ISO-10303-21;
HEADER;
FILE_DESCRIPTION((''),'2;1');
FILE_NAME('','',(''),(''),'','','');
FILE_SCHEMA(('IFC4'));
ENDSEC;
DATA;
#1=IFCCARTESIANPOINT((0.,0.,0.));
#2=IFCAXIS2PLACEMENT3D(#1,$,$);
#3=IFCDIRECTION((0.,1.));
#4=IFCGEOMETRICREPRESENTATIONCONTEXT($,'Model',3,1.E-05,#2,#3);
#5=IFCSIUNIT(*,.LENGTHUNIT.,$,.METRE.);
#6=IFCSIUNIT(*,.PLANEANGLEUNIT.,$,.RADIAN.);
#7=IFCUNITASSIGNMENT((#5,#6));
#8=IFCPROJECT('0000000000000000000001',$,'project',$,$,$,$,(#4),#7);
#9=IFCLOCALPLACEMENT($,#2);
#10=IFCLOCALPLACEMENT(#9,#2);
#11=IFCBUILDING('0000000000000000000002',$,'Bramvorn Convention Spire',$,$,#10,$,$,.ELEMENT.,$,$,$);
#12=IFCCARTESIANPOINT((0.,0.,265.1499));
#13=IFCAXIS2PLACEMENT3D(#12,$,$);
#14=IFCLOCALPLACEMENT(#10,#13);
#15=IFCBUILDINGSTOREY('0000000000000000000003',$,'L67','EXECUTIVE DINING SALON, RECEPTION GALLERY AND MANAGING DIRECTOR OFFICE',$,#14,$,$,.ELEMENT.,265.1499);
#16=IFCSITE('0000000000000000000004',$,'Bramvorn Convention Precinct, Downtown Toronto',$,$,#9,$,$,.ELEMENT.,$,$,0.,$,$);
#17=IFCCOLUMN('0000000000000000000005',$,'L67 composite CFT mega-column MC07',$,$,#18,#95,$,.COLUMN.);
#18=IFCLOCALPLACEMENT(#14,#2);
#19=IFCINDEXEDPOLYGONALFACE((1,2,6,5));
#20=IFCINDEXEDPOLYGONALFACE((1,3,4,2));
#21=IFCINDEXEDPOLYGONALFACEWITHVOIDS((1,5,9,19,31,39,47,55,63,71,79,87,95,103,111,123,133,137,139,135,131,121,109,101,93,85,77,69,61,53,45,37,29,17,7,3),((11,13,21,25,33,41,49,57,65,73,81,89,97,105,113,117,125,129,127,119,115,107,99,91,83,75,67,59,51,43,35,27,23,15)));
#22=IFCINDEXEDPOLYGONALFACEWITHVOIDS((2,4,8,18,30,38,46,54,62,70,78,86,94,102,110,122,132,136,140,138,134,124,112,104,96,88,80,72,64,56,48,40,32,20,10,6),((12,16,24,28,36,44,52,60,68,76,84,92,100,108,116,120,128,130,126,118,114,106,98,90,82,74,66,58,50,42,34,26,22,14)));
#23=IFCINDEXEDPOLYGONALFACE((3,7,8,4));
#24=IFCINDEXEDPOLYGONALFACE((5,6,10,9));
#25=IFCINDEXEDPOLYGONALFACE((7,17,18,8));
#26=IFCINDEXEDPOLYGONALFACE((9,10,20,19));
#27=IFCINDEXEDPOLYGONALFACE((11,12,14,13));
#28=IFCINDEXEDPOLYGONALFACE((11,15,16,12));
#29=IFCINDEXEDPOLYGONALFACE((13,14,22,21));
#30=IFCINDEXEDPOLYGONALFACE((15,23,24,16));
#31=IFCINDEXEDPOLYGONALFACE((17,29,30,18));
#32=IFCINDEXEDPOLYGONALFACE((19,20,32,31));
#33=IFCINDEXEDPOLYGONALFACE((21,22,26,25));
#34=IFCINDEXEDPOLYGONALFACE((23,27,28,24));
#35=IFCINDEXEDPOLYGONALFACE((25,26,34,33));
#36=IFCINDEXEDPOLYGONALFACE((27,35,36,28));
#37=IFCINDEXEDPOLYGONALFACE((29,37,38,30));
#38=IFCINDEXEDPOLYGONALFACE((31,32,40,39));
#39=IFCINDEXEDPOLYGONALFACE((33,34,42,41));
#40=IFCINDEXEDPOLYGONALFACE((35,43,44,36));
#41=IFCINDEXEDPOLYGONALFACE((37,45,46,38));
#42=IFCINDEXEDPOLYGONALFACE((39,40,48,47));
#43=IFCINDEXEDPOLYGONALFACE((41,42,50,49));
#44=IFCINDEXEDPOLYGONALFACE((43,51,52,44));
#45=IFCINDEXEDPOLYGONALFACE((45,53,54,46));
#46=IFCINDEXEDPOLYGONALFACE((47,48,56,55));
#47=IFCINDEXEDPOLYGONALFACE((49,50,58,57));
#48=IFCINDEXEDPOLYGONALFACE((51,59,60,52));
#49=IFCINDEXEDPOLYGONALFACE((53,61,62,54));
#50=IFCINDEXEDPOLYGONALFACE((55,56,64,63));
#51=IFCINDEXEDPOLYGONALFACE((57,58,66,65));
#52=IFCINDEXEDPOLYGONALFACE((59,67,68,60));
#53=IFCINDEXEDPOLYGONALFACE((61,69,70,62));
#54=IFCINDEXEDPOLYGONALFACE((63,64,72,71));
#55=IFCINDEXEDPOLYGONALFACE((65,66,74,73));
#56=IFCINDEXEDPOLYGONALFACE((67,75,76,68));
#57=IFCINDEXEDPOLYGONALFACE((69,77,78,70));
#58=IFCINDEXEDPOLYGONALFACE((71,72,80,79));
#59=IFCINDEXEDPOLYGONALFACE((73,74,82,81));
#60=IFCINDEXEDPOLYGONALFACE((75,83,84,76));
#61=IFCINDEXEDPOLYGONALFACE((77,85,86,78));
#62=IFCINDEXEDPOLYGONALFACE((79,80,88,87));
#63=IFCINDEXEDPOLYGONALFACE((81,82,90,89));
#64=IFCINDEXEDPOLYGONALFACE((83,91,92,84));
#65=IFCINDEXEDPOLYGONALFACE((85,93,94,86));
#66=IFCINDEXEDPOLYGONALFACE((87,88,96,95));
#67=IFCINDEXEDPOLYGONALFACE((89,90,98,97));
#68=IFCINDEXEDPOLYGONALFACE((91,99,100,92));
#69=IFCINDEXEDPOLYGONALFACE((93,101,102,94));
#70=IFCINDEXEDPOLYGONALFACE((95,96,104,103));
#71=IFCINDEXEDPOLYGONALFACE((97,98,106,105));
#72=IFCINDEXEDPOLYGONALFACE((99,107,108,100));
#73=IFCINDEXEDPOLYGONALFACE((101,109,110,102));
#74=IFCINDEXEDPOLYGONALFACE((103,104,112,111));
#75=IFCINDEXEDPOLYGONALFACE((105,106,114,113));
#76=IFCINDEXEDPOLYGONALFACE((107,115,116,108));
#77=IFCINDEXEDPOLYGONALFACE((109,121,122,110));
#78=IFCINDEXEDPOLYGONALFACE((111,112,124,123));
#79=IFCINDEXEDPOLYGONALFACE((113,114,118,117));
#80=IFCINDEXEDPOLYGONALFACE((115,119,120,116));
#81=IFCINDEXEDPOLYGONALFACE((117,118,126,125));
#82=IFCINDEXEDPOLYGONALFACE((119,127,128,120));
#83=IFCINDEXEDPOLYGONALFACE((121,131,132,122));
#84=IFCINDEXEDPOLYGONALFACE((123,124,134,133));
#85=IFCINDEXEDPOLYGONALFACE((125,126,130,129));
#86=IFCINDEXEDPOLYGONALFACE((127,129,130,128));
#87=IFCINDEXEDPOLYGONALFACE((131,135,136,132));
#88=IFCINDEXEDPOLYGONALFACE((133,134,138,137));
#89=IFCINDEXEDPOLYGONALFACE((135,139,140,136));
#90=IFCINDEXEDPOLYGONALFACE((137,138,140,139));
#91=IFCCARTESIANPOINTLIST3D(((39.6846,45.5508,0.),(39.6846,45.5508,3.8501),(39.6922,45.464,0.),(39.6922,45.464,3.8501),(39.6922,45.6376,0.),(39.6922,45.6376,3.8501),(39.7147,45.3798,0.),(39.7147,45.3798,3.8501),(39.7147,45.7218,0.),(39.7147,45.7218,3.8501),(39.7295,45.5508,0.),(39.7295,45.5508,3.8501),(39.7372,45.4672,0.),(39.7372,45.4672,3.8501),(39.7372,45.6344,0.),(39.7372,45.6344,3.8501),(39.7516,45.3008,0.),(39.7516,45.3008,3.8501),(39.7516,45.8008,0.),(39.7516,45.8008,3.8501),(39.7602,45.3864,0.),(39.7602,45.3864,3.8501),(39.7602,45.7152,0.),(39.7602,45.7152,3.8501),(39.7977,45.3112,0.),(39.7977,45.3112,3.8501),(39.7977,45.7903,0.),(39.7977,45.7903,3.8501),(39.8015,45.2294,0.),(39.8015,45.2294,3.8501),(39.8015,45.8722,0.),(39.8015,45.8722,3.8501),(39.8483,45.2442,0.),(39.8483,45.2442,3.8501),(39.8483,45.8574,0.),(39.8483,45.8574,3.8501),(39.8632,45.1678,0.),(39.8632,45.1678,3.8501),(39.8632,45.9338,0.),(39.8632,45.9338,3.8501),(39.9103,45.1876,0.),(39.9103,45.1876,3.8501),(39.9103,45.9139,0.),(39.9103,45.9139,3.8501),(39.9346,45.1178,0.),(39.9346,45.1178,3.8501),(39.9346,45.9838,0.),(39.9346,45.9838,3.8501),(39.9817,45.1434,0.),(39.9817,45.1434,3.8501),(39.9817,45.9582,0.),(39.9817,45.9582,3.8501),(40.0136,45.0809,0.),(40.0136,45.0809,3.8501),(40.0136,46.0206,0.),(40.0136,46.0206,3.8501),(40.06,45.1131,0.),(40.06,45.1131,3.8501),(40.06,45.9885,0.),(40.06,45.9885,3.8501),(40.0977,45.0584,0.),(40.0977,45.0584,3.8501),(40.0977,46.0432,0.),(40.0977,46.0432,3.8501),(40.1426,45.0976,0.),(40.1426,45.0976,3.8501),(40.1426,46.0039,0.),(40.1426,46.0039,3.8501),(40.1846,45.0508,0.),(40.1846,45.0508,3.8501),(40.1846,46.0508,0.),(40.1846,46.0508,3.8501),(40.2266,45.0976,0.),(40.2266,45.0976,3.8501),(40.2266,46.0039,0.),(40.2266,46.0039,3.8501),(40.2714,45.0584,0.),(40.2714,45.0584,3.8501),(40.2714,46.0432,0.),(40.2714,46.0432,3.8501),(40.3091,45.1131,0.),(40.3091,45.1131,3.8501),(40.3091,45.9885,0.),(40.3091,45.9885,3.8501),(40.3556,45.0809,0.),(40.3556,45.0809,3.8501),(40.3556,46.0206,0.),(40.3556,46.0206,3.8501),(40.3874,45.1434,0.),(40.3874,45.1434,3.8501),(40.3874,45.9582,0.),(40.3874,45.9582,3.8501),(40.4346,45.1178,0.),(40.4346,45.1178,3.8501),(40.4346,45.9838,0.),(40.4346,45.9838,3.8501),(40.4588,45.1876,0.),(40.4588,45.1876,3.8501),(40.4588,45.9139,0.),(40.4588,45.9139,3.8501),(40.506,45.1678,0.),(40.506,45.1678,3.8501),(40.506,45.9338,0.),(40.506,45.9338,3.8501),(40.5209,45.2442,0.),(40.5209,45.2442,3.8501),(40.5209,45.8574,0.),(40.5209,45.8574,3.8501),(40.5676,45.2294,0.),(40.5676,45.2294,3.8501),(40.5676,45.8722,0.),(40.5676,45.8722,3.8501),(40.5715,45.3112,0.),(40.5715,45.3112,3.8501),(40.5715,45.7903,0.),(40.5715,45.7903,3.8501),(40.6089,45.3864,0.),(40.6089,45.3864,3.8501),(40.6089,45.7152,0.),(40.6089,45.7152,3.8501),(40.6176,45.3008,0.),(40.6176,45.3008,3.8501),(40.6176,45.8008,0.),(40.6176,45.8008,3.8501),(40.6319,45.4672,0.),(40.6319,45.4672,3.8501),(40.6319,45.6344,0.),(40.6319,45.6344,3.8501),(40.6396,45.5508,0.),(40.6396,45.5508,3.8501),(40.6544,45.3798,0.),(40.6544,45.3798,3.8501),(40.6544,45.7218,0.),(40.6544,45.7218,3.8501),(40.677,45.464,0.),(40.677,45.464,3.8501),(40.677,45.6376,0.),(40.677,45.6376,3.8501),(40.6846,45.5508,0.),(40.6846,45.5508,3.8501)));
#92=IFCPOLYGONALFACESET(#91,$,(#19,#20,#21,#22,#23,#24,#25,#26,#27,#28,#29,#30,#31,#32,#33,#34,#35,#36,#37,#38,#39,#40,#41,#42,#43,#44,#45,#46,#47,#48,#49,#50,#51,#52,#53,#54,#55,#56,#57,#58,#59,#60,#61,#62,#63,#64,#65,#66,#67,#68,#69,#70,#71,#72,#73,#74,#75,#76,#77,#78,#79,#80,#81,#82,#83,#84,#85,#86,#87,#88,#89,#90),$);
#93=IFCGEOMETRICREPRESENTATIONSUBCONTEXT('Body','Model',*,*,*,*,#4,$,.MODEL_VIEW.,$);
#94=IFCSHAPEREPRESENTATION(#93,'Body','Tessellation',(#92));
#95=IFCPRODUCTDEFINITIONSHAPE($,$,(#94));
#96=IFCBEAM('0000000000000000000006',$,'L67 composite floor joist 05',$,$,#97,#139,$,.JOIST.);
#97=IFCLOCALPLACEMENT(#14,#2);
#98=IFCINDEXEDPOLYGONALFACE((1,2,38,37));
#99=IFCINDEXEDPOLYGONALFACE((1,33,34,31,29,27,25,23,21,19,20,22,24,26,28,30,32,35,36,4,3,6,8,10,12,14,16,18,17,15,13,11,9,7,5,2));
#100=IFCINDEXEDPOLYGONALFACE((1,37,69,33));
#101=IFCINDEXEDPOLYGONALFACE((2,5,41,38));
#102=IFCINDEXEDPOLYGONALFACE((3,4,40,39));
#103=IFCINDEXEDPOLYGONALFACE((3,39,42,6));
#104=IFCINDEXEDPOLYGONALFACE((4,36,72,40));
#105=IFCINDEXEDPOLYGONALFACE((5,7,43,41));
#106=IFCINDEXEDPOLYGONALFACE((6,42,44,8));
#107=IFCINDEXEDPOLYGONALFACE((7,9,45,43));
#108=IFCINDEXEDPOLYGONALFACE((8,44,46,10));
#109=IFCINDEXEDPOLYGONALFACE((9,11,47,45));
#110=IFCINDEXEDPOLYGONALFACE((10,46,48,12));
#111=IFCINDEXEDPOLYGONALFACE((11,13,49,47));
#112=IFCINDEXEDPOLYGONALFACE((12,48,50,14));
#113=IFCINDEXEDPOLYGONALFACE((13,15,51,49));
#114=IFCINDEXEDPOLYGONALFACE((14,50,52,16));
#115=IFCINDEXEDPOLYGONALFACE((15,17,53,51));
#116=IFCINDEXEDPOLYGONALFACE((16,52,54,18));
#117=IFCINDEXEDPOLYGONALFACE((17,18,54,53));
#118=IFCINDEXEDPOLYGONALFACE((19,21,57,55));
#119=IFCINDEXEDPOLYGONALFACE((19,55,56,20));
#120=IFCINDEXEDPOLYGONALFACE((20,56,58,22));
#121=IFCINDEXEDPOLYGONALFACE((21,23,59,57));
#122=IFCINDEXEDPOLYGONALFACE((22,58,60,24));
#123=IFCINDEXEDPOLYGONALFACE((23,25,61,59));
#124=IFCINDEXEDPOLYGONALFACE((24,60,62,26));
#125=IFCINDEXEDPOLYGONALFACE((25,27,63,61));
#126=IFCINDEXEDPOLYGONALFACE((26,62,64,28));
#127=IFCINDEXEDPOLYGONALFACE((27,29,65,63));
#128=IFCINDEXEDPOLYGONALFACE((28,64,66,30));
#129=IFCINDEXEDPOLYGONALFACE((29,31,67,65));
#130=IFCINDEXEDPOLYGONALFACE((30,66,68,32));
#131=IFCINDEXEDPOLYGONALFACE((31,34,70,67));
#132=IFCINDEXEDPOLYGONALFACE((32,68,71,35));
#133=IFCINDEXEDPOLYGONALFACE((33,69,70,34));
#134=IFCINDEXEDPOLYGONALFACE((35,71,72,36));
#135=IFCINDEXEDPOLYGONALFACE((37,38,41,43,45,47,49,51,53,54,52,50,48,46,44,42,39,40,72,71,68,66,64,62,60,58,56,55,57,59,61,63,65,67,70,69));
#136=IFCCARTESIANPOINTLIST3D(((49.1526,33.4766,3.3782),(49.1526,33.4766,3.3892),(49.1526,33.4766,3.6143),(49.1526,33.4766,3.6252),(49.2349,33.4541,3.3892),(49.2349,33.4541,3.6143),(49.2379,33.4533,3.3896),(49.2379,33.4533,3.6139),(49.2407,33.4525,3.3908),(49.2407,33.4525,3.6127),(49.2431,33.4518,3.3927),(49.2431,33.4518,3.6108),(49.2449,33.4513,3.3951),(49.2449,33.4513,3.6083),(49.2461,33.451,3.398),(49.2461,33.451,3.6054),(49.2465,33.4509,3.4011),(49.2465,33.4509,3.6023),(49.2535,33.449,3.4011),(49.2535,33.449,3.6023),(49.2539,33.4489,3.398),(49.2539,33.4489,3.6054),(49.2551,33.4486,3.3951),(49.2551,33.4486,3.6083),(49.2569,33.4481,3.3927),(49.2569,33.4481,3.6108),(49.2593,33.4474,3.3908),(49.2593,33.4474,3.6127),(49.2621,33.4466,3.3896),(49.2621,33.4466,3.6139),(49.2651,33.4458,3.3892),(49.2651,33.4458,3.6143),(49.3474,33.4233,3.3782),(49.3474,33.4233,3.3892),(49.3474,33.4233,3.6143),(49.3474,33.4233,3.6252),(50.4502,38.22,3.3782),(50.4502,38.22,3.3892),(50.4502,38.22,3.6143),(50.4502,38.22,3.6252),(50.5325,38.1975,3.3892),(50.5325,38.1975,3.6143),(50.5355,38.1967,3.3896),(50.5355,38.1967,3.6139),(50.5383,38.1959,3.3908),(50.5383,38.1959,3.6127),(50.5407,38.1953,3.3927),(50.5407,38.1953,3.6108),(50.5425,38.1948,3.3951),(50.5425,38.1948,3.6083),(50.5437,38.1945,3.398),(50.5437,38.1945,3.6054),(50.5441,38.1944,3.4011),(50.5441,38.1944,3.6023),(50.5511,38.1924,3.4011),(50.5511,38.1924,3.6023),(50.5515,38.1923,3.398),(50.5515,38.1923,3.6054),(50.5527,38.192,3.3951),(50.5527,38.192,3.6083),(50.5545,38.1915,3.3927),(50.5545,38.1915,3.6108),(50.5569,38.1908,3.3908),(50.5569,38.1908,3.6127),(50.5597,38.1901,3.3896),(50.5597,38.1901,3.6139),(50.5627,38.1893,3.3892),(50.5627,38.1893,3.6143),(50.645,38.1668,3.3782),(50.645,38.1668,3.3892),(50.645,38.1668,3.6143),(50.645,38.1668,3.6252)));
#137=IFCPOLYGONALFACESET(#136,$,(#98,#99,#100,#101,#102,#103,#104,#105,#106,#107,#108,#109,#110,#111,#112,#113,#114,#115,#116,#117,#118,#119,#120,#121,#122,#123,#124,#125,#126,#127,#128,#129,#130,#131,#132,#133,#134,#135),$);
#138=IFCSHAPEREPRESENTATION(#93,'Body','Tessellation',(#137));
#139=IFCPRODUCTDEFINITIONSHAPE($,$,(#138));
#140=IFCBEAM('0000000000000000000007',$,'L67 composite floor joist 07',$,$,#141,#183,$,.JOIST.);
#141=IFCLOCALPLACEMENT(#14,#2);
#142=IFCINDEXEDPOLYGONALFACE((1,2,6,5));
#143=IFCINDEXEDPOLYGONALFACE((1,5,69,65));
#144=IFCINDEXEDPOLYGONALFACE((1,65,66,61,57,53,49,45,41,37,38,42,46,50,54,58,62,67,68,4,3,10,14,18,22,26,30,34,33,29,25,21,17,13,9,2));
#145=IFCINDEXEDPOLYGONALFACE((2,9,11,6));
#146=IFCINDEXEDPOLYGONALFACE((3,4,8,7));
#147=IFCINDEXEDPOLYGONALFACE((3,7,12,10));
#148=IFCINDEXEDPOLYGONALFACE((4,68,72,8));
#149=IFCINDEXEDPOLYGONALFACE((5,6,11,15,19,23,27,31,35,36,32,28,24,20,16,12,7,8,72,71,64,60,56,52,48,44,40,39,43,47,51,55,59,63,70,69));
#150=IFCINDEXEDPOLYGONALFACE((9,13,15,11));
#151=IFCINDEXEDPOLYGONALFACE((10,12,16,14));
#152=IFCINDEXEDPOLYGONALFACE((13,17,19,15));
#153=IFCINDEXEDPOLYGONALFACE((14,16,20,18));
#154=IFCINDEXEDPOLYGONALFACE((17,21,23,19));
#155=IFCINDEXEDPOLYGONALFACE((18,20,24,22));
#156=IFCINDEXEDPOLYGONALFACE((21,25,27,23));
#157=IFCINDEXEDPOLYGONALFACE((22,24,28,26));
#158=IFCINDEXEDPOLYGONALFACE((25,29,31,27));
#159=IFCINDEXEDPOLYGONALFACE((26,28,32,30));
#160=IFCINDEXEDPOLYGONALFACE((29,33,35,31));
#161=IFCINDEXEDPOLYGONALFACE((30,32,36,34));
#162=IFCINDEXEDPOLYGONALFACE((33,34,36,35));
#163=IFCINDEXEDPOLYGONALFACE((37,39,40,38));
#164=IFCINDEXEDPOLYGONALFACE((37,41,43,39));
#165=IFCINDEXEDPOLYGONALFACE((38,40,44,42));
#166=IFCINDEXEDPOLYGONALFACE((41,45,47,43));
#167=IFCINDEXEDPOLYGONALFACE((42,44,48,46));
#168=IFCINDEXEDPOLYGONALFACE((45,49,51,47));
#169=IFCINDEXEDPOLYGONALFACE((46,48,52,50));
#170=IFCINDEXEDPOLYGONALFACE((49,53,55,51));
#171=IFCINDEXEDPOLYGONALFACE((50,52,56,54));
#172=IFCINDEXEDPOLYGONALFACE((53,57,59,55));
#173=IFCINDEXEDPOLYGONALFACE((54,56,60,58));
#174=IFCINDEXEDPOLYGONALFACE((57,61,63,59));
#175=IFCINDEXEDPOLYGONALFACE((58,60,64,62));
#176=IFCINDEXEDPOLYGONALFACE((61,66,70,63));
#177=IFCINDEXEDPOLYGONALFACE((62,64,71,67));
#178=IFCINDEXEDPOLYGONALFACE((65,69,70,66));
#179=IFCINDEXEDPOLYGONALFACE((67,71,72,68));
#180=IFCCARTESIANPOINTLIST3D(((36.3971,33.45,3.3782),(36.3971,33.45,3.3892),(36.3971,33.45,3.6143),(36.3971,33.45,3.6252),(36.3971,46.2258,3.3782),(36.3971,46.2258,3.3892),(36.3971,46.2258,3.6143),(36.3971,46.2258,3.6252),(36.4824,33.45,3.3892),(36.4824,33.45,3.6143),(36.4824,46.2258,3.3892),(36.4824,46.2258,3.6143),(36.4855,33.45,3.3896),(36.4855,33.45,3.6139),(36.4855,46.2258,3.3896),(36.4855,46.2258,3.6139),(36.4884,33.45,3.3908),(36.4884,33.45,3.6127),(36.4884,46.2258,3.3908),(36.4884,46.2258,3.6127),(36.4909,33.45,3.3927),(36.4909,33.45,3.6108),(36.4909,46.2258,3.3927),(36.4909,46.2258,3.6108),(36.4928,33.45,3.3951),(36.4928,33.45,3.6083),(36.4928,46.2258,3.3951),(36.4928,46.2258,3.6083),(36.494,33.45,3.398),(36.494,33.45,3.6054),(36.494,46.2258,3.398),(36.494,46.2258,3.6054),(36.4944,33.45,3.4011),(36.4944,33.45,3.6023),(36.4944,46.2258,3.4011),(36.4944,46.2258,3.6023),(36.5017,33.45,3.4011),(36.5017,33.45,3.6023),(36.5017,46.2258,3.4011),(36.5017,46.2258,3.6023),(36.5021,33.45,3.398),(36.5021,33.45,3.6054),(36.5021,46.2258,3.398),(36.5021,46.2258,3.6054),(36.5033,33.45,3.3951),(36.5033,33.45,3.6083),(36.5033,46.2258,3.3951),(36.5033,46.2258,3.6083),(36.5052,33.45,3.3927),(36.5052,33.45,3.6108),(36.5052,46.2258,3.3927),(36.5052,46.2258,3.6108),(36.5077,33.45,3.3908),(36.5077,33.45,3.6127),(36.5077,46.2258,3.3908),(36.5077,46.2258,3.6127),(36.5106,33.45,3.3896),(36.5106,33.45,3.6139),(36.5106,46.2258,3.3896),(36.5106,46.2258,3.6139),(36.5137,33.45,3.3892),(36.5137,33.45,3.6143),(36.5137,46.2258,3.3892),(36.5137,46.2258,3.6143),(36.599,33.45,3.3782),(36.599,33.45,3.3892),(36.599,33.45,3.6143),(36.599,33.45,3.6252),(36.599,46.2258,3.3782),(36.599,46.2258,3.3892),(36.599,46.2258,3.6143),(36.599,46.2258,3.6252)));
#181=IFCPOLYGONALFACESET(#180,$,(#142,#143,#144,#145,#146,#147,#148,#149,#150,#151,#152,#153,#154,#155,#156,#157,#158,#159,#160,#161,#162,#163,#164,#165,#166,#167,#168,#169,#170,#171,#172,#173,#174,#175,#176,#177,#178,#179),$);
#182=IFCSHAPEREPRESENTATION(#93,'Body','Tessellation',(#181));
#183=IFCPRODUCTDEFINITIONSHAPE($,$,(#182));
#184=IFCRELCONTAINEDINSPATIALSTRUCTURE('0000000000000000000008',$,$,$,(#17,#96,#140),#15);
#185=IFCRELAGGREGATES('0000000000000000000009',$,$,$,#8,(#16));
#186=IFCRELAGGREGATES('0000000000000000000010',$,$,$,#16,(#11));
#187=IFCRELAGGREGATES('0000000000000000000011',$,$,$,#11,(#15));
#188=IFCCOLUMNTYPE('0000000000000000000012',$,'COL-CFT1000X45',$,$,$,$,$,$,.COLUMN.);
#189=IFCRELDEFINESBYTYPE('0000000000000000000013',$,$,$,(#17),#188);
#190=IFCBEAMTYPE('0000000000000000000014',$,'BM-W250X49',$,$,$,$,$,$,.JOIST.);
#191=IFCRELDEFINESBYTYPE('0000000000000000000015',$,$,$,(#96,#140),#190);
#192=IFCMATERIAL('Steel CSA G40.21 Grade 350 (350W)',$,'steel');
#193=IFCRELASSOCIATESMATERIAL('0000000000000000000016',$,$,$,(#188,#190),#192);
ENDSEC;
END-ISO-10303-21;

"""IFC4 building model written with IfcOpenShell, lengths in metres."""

from ifc_helpers import new_model, si_unit, direction, frame, origin, origin_2d, place, context, subcontext, project, spatial, hollow_circle, i_section, extrude, material, material_profile, profile_set, type_object, element, save


model = new_model("IFC4")

# Units and contexts
model_context = context("Model", 3, precision=1e-05, world=origin(), true_north=direction((0.0, 1.0)))
body_context = subcontext(model_context, "Body", "Model", "MODEL_VIEW")
ifc_project = project(units=[si_unit("LENGTHUNIT", "METRE"), si_unit("PLANEANGLEUNIT", "RADIAN")], contexts=[model_context])

# Site, building, storey
site_placement = place(None, origin())
site = spatial("IfcSite", under=ifc_project, at=site_placement, Name="Bramvorn Convention Precinct, Downtown Toronto", CompositionType="ELEMENT", RefElevation=0.0)
building_placement = place(site_placement, origin())
building = spatial("IfcBuilding", under=site, at=building_placement, Name="Bramvorn Convention Spire", CompositionType="ELEMENT")
storey_placement = place(building_placement, frame((0.0, 0.0, 265.1499)))
storey = spatial("IfcBuildingStorey", under=building, at=storey_placement, Name="L67", Description="EXECUTIVE DINING SALON, RECEPTION GALLERY AND MANAGING DIRECTOR OFFICE", CompositionType="ELEMENT", Elevation=265.1499)

# Column
ifc_material_1 = material(Name="Steel CSA G40.21 Grade 350 (350W)", Category="steel")
ifc_material_profile_1 = material_profile(ifc_material_1, hollow_circle(Radius=0.5, WallThickness=0.0449, at=origin_2d()))
ifc_profile_set_1 = profile_set([ifc_material_profile_1], Name="Steel CSA G40.21 Grade 350 (350W) - CFT1000X45")
column_type = type_object("IfcColumnType", Name="COL-CFT1000X45", PredefinedType="COLUMN", material=ifc_profile_set_1)
for number, where, z_axis, x_axis, name in (
    (1, (40.1846, 45.5508, 0.0), (0.0, 0.0, 1.0), (1.0, 0.0, 0.0), "L67 composite CFT mega-column MC07"),
):
    element("IfcColumn", number, at=place(storey_placement, frame(where, z_axis=z_axis, x_axis=x_axis)), inside=storey, type_object=column_type, Name=name, PredefinedType="COLUMN", context=body_context, shape_type="SweptSolid", body=[
        extrude(hollow_circle(Radius=0.5, WallThickness=0.0449, at=origin_2d()), origin(), (0.0, 0.0, 1.0), 3.8501),
    ])

# Beams
ifc_material_profile_2 = material_profile(ifc_material_1, i_section(OverallWidth=0.2019, OverallDepth=0.2471, WebThickness=0.0073, FlangeThickness=0.011, FilletRadius=0.012, at=origin_2d()))
ifc_profile_set_2 = profile_set([ifc_material_profile_2], Name="Steel CSA G40.21 Grade 350 (350W) - W250X49")
beam_type_1 = type_object("IfcBeamType", Name="BM-W250X49", PredefinedType="JOIST", material=ifc_profile_set_2)
beam_1_placement = place(storey_placement, frame((49.25, 33.45, 3.5017), z_axis=(0.263865, 0.96456, 0.0), x_axis=(-0.96456, 0.263865, 0.0)))
element("IfcBeam", 2, at=beam_1_placement, inside=storey, type_object=beam_type_1, Name="L67 composite floor joist 05", PredefinedType="JOIST", context=body_context, shape_type="SweptSolid", body=[
    extrude(i_section(OverallWidth=0.2019, OverallDepth=0.2471, WebThickness=0.0073, FlangeThickness=0.011, FilletRadius=0.012, at=origin_2d()), origin(), (0.0, 0.0, 1.0), 4.9177),
])
beam_2_placement = place(storey_placement, frame((36.498, 33.45, 3.5017), z_axis=(0.0, 1.0, 0.0), x_axis=(-1.0, 0.0, 0.0)))
element("IfcBeam", 3, at=beam_2_placement, inside=storey, type_object=beam_type_1, Name="L67 composite floor joist 07", PredefinedType="JOIST", context=body_context, shape_type="SweptSolid", body=[
    extrude(i_section(OverallWidth=0.2019, OverallDepth=0.2471, WebThickness=0.0073, FlangeThickness=0.011, FilletRadius=0.012, at=origin_2d()), origin(), (0.0, 0.0, 1.0), 12.7759),
])

save(model, "model.ifc")
